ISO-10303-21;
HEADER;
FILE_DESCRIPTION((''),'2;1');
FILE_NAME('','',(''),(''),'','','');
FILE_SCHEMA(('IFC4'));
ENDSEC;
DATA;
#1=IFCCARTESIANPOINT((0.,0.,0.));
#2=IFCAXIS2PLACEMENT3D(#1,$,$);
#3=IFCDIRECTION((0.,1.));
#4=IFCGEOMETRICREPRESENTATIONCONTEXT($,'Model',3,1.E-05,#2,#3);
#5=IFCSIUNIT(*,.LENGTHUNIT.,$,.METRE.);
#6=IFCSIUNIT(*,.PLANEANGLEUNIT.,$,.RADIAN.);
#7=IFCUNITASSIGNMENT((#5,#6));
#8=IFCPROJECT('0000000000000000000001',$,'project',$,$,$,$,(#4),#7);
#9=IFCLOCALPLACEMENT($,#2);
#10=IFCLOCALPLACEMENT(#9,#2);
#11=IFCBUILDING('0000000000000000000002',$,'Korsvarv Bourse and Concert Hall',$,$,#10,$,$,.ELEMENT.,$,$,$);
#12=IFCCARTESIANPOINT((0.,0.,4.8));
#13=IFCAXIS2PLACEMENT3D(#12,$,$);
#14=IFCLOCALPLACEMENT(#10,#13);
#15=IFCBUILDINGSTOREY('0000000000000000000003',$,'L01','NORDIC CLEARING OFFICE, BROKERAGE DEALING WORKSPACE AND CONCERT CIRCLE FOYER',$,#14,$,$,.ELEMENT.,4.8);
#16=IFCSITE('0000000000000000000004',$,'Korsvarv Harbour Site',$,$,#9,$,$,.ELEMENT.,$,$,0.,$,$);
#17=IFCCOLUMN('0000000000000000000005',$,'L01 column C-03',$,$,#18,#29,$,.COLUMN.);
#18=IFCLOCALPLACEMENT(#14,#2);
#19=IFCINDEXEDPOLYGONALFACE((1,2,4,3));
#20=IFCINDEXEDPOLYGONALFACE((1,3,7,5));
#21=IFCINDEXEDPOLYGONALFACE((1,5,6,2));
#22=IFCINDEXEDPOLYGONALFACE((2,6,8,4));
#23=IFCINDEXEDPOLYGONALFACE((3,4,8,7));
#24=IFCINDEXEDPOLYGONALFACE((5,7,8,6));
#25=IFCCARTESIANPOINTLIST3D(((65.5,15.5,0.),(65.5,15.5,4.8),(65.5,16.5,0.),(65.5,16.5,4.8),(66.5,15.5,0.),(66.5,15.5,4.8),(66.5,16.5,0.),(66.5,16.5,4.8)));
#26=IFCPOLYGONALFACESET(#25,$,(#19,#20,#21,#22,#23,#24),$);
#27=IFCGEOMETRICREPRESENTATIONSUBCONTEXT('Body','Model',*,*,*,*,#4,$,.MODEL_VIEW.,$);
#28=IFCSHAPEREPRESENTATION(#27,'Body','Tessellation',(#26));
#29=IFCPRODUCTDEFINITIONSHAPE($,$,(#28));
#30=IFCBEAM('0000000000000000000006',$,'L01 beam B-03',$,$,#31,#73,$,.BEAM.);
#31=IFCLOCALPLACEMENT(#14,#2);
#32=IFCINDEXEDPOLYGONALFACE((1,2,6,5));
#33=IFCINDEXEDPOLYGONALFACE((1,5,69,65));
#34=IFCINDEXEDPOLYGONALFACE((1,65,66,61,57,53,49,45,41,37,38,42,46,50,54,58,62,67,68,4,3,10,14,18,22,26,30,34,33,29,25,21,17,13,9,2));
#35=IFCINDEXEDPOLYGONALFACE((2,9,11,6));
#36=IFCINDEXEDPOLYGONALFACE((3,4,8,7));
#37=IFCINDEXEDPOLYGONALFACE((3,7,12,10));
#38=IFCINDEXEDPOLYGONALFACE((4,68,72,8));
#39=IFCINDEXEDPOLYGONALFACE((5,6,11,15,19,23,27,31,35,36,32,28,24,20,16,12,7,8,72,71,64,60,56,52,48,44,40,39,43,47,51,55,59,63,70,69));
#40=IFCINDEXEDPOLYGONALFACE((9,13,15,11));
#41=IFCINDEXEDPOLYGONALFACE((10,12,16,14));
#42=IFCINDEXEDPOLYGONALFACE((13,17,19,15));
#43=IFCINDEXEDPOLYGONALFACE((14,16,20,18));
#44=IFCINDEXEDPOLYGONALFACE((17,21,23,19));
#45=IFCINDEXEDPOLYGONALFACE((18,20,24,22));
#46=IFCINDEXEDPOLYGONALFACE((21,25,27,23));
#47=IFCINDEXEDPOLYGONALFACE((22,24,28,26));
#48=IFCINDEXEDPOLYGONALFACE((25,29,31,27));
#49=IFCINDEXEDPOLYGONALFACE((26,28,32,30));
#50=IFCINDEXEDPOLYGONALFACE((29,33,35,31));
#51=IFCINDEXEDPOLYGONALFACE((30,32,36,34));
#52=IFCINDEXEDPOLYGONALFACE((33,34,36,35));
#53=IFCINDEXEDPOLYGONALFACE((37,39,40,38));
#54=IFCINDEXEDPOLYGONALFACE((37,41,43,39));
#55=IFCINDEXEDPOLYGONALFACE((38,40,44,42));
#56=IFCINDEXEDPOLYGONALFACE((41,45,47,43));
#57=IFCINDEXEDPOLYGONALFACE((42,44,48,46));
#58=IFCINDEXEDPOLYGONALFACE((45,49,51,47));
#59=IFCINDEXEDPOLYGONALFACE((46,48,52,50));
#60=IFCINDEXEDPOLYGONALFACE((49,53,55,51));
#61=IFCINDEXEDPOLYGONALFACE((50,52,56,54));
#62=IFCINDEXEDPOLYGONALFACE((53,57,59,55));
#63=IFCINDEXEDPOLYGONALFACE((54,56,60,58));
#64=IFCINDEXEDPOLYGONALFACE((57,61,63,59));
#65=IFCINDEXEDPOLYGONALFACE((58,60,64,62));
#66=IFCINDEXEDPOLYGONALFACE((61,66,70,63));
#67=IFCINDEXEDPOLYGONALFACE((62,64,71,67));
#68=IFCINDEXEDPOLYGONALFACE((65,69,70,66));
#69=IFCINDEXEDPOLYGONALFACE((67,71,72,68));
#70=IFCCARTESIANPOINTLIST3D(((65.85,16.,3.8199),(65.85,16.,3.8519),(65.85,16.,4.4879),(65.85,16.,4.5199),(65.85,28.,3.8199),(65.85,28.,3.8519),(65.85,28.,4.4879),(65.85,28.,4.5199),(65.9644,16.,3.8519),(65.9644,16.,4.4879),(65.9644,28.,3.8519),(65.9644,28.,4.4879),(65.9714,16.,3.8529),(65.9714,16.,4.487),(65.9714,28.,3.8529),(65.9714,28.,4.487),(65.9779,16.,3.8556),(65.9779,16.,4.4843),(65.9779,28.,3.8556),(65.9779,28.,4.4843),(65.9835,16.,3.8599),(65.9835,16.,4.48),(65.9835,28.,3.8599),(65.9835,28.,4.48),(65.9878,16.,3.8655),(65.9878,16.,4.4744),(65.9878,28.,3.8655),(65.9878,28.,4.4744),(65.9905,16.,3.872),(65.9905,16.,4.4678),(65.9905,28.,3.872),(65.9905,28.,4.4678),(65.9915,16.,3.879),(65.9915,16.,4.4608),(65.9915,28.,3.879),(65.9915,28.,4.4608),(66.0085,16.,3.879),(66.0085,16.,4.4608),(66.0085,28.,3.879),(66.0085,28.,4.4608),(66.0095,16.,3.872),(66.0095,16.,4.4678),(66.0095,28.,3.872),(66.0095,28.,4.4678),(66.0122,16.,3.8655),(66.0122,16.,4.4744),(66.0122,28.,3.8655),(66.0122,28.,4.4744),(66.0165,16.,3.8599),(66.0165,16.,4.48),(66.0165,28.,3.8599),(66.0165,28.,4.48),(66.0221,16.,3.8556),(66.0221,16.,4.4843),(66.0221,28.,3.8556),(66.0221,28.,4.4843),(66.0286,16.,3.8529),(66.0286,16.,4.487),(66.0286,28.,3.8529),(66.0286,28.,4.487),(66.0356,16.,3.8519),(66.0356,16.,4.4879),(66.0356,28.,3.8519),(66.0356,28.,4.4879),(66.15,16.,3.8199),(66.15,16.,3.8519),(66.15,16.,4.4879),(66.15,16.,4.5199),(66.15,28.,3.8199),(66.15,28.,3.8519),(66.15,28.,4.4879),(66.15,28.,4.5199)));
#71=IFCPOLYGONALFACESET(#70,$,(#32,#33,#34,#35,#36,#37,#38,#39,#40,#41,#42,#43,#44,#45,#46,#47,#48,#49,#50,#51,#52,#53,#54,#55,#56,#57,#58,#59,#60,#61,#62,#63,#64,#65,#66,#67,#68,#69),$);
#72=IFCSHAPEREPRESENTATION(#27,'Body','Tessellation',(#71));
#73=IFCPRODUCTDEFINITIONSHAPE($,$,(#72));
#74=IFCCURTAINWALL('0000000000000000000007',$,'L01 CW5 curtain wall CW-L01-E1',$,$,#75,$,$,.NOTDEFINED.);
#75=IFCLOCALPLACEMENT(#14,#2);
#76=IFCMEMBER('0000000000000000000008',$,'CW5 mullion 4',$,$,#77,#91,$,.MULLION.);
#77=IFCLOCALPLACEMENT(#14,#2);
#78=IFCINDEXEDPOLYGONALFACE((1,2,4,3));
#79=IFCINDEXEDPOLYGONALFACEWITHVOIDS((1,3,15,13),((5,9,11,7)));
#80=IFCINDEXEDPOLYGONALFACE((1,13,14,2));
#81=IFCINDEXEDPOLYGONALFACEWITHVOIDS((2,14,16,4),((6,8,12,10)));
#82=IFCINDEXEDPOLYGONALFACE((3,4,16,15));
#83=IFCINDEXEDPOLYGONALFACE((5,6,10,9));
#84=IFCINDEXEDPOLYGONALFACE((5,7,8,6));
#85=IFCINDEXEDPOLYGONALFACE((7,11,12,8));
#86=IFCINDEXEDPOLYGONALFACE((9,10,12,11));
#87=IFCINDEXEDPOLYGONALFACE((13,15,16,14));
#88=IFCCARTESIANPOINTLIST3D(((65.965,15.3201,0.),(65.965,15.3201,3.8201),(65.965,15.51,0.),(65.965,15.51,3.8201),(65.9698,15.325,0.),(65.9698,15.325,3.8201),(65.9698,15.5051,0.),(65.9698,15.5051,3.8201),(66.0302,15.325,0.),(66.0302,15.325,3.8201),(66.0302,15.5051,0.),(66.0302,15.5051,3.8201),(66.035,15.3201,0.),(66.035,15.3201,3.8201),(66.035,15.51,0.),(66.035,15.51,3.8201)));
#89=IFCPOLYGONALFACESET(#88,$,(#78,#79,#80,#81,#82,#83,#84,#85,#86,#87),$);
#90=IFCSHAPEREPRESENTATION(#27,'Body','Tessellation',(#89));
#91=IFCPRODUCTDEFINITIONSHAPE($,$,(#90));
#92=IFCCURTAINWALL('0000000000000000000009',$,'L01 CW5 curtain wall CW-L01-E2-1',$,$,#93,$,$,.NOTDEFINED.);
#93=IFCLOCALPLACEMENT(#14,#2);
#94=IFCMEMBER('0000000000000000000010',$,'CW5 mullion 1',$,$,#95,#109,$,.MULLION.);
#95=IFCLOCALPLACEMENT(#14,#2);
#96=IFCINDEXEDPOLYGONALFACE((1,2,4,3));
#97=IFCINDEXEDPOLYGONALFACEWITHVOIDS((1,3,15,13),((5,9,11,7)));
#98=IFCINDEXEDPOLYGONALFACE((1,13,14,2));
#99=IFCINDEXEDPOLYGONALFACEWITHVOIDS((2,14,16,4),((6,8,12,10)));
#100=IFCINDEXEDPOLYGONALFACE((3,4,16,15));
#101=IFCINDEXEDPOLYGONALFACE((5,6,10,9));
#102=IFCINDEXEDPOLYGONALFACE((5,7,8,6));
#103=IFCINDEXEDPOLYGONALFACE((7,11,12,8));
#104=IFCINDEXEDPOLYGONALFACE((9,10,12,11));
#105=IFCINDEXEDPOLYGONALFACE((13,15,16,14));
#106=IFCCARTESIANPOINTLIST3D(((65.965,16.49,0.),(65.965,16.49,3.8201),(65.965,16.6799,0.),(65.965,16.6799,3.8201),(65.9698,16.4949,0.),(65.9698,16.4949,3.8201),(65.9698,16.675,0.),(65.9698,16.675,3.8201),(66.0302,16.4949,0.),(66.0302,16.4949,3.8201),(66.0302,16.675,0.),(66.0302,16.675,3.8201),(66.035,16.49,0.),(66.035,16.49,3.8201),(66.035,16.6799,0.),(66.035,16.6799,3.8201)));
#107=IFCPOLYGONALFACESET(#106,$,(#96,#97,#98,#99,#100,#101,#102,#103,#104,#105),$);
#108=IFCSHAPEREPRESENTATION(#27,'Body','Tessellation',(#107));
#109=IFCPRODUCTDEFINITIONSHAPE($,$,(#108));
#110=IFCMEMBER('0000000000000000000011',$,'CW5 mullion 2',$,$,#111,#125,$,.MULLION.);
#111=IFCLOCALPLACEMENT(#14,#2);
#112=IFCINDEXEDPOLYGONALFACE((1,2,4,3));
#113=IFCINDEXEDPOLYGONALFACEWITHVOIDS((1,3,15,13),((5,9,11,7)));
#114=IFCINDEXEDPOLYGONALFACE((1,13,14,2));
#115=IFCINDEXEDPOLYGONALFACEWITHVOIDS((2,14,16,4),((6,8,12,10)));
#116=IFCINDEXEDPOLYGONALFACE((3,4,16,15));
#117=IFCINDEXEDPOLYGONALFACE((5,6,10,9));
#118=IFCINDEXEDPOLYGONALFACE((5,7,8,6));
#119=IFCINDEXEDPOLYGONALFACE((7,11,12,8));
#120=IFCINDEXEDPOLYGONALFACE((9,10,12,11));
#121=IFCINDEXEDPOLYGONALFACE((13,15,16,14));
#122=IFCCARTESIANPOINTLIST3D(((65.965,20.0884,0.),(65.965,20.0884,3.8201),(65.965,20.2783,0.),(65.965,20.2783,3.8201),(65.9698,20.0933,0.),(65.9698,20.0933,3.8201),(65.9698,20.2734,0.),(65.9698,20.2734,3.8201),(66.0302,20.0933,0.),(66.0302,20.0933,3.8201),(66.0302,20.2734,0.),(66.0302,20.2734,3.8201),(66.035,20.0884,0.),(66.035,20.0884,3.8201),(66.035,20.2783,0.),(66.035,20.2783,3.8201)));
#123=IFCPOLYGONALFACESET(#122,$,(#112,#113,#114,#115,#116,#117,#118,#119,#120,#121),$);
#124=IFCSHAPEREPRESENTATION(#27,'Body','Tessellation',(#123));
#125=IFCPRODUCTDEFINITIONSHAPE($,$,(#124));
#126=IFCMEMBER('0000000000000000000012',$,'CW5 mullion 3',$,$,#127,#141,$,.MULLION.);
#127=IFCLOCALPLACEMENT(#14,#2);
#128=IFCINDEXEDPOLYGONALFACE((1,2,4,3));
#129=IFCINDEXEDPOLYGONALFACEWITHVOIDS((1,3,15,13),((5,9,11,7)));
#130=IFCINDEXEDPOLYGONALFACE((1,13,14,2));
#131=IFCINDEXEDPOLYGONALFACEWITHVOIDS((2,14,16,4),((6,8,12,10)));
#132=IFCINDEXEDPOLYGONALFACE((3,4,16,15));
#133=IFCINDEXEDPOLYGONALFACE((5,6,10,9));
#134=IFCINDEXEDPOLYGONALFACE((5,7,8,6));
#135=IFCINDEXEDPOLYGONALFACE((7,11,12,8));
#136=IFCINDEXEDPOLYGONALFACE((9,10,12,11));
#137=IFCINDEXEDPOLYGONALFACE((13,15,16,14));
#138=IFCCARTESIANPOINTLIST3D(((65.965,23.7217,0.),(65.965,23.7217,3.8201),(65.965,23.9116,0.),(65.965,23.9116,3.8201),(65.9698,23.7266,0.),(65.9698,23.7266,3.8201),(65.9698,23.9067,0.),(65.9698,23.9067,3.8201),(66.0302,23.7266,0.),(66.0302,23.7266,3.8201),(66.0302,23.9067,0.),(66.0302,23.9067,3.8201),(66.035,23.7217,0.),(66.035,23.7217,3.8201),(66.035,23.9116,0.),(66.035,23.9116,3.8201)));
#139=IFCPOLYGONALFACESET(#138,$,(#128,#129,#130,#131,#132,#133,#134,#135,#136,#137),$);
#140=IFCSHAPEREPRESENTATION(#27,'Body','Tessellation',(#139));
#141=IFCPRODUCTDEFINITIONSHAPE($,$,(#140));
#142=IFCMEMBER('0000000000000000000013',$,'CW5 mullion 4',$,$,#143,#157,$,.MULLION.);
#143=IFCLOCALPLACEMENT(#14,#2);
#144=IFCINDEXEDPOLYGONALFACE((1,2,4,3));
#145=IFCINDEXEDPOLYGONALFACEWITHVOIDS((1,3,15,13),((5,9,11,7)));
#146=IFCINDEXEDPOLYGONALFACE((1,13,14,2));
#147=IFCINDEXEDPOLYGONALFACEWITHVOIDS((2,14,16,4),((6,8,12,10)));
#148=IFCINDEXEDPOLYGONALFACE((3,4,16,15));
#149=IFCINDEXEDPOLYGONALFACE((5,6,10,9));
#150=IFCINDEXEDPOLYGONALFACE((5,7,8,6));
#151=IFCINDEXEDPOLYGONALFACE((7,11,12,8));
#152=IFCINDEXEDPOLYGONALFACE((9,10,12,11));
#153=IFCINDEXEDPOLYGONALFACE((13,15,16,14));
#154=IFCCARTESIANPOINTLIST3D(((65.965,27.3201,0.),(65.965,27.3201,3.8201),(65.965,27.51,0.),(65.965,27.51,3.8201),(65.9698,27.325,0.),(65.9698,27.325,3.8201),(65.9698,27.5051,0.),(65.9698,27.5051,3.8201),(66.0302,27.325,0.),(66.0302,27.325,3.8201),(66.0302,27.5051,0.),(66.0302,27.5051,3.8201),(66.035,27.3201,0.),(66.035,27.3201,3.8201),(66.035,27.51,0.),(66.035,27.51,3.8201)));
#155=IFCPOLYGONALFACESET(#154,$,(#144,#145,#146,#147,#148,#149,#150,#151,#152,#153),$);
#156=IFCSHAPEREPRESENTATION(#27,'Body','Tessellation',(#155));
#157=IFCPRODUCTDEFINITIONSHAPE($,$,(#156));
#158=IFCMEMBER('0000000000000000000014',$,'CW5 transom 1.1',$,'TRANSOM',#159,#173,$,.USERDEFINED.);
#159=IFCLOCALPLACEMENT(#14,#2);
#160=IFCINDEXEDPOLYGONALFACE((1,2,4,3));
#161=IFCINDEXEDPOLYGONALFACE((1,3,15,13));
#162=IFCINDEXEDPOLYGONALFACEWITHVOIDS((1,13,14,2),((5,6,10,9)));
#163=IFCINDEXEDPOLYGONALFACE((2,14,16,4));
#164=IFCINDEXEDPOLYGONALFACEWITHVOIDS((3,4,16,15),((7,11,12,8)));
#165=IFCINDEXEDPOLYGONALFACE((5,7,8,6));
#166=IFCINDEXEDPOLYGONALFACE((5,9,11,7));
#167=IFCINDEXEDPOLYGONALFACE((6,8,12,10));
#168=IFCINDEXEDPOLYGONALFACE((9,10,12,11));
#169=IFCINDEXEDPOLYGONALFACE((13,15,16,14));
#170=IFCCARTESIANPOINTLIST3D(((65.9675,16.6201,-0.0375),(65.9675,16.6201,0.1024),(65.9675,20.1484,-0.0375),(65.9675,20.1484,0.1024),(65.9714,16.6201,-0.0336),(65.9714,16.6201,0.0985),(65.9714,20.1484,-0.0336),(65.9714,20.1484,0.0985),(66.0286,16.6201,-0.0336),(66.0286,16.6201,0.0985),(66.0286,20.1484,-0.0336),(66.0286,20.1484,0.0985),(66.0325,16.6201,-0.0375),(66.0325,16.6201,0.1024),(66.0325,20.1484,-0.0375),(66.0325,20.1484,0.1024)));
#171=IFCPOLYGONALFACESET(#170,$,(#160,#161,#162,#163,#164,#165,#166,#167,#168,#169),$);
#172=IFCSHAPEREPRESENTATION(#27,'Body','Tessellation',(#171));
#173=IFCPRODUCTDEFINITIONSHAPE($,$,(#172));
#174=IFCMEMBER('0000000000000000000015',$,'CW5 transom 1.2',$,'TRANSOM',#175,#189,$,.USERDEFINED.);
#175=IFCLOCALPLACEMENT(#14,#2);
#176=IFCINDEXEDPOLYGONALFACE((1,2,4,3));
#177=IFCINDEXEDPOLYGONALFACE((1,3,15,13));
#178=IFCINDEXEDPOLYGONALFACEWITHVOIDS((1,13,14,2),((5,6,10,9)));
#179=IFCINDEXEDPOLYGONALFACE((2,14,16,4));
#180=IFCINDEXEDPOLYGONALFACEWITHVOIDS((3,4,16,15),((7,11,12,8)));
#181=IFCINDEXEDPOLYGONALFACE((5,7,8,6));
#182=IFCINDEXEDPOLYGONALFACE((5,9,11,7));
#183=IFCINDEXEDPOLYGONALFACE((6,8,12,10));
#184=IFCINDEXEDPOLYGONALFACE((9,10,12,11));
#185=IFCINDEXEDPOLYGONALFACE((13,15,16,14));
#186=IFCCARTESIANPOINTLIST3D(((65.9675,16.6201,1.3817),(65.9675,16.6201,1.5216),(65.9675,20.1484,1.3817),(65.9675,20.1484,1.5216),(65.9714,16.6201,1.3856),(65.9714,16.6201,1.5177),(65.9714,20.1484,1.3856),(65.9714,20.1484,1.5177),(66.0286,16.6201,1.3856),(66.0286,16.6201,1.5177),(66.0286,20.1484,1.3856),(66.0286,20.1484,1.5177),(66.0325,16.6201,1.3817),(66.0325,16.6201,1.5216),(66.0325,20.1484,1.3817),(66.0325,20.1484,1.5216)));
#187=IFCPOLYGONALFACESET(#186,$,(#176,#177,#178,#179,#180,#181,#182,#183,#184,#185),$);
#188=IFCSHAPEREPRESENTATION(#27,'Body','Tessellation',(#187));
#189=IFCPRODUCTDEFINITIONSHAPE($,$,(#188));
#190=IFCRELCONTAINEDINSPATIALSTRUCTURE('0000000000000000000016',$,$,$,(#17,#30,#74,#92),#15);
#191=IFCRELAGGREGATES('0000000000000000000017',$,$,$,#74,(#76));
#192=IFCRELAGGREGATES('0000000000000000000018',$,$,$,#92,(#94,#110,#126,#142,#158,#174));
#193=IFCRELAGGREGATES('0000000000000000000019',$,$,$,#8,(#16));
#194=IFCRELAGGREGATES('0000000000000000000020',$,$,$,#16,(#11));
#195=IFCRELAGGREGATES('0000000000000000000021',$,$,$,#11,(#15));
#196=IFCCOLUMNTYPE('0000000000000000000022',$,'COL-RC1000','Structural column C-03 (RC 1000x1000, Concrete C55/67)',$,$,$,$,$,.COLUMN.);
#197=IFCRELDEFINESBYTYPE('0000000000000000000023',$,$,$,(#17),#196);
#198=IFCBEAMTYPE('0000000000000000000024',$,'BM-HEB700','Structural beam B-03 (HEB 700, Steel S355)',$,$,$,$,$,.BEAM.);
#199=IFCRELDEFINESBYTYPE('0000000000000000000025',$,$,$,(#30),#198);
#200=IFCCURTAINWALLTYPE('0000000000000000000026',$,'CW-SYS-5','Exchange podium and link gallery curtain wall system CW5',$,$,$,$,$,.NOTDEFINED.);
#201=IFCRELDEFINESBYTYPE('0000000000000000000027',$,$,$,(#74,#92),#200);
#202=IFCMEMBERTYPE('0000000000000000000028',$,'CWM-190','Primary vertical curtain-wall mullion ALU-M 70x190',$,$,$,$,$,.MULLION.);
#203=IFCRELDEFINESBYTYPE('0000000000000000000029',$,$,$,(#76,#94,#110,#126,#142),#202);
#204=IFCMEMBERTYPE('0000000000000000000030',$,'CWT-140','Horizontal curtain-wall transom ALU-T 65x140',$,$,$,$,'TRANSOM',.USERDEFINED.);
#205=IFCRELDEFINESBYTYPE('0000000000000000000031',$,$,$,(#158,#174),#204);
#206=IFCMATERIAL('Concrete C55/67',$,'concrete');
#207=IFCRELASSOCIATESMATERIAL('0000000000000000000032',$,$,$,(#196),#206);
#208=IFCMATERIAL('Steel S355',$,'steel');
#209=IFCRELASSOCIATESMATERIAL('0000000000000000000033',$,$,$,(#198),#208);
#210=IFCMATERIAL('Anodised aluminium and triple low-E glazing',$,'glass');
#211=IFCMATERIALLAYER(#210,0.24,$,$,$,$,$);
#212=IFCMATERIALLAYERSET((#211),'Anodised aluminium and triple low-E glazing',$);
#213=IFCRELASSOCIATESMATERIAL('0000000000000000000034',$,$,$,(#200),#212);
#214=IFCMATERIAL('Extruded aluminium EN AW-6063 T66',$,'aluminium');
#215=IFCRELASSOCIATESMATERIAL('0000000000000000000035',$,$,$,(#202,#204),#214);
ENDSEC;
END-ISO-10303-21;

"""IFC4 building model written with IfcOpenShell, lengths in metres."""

from ifc_helpers import new_model, si_unit, direction, frame, origin, origin_2d, place, context, subcontext, project, spatial, rectangle, hollow_rectangle, i_section, extrude, source, transform, mapped, material, layer, layer_set, material_profile, profile_set, type_object, element, aggregate, save


model = new_model("IFC4")

# Units and contexts
model_context = context("Model", 3, precision=1e-05, world=origin(), true_north=direction((0.0, 1.0)))
body_context = subcontext(model_context, "Body", "Model", "MODEL_VIEW")
ifc_project = project(units=[si_unit("LENGTHUNIT", "METRE"), si_unit("PLANEANGLEUNIT", "RADIAN")], contexts=[model_context])

# Site, building, storey
site_placement = place(None, origin())
site = spatial("IfcSite", under=ifc_project, at=site_placement, Name="Korsvarv Harbour Site", CompositionType="ELEMENT", RefElevation=0.0)
building_placement = place(site_placement, origin())
building = spatial("IfcBuilding", under=site, at=building_placement, Name="Korsvarv Bourse and Concert Hall", CompositionType="ELEMENT")
storey_placement = place(building_placement, frame((0.0, 0.0, 4.8)))
storey = spatial("IfcBuildingStorey", under=building, at=storey_placement, Name="L01", Description="NORDIC CLEARING OFFICE, BROKERAGE DEALING WORKSPACE AND CONCERT CIRCLE FOYER", CompositionType="ELEMENT", Elevation=4.8)

# Column
ifc_material_1 = material(Name="Concrete C55/67", Category="concrete")
ifc_material_profile_1 = material_profile(ifc_material_1, rectangle(XDim=1.0, YDim=1.0, at=origin_2d()), Name="RC 1000x1000")
ifc_profile_set_1 = profile_set([ifc_material_profile_1], Name="Concrete C55/67")
column_type = type_object("IfcColumnType", Name="COL-RC1000", Description="Structural column C-03 (RC 1000x1000, Concrete C55/67)", PredefinedType="COLUMN", material=ifc_profile_set_1)
shared_shape_1 = source(origin(), body_context, "Body", "SweptSolid", [
    extrude(rectangle(XDim=1.0, YDim=1.0, at=origin_2d()), origin(), (0.0, 0.0, 1.0), 4.8),
])
column_placement = place(storey_placement, frame((66.0, 16.0, 0.0), z_axis=(0.0, 0.0, 1.0), x_axis=(1.0, 0.0, 0.0)))
element("IfcColumn", 1, at=column_placement, inside=storey, type_object=column_type, Name="L01 column C-03", PredefinedType="COLUMN", context=body_context, shape_type="MappedRepresentation", body=[
    mapped(shared_shape_1, transform((0.0, 0.0, 0.0), scale=1.0)),
])

# Beam
ifc_material_2 = material(Name="Steel S355", Category="steel")
ifc_material_profile_2 = material_profile(ifc_material_2, i_section(OverallWidth=0.3, OverallDepth=0.7, WebThickness=0.0171, FlangeThickness=0.032, FilletRadius=0.0271, at=origin_2d()), Name="HEB 700")
ifc_profile_set_2 = profile_set([ifc_material_profile_2], Name="Steel S355")
beam_type = type_object("IfcBeamType", Name="BM-HEB700", Description="Structural beam B-03 (HEB 700, Steel S355)", PredefinedType="BEAM", material=ifc_profile_set_2)
shared_shape_2 = source(origin(), body_context, "Body", "SweptSolid", [
    extrude(i_section(OverallWidth=0.3, OverallDepth=0.7, WebThickness=0.0171, FlangeThickness=0.032, FilletRadius=0.0271, at=origin_2d()), origin(), (0.0, 0.0, 1.0), 12.0),
])
beam_placement = place(storey_placement, frame((66.0, 16.0, 4.1699), z_axis=(0.0, 1.0, 0.0), x_axis=(-1.0, 0.0, 0.0)))
element("IfcBeam", 2, at=beam_placement, inside=storey, type_object=beam_type, Name="L01 beam B-03", PredefinedType="BEAM", context=body_context, shape_type="MappedRepresentation", body=[
    mapped(shared_shape_2, transform((0.0, 0.0, 0.0), scale=1.0)),
])

# Curtain wall, member
ifc_material_3 = material(Name="Anodised aluminium and triple low-E glazing", Category="glass")
ifc_layer_1 = layer(ifc_material_3, 0.24)
ifc_layer_set_1 = layer_set([ifc_layer_1], Name="Anodised aluminium and triple low-E glazing")
curtain_wall_type = type_object("IfcCurtainWallType", Name="CW-SYS-5", Description="Exchange podium and link gallery curtain wall system CW5", PredefinedType="NOTDEFINED", material=ifc_layer_set_1)
curtain_wall_1_placement = place(storey_placement, origin())
curtain_wall_1 = element("IfcCurtainWall", 3, at=curtain_wall_1_placement, inside=storey, type_object=curtain_wall_type, Name="L01 CW5 curtain wall CW-L01-E1", PredefinedType="NOTDEFINED")
ifc_material_4 = material(Name="Extruded aluminium EN AW-6063 T66", Category="aluminium")
ifc_material_profile_3 = material_profile(ifc_material_4, hollow_rectangle(XDim=0.0701, YDim=0.1899, WallThickness=0.0049, at=origin_2d()), Name="ALU-M 70x190")
ifc_profile_set_3 = profile_set([ifc_material_profile_3], Name="Extruded aluminium EN AW-6063 T66")
member_type_1 = type_object("IfcMemberType", Name="CWM-190", Description="Primary vertical curtain-wall mullion ALU-M 70x190", PredefinedType="MULLION", material=ifc_profile_set_3)
shared_shape_3 = source(origin(), body_context, "Body", "SweptSolid", [
    extrude(hollow_rectangle(XDim=0.0701, YDim=0.1899, WallThickness=0.0049, at=origin_2d()), origin(), (0.0, 0.0, 1.0), 3.8201),
])
member_1_placement = place(storey_placement, frame((66.0, 15.415, 0.0), z_axis=(0.0, 0.0, 1.0), x_axis=(-1.0, 0.0, 0.0)))
member_1 = element("IfcMember", 4, at=member_1_placement, type_object=member_type_1, Name="CW5 mullion 4", PredefinedType="MULLION", context=body_context, shape_type="MappedRepresentation", body=[
    mapped(shared_shape_3, transform((0.0, 0.0, 0.0), scale=1.0)),
])
aggregate(curtain_wall_1, [member_1])

# Curtain wall, members
curtain_wall_2_placement = place(storey_placement, origin())
curtain_wall_2 = element("IfcCurtainWall", 5, at=curtain_wall_2_placement, inside=storey, type_object=curtain_wall_type, Name="L01 CW5 curtain wall CW-L01-E2-1", PredefinedType="NOTDEFINED")
member_2_placement = place(storey_placement, frame((66.0, 16.585, 0.0), z_axis=(0.0, 0.0, 1.0), x_axis=(-1.0, 0.0, 0.0)))
member_2 = element("IfcMember", 6, at=member_2_placement, type_object=member_type_1, Name="CW5 mullion 1", PredefinedType="MULLION", context=body_context, shape_type="MappedRepresentation", body=[
    mapped(shared_shape_3, transform((0.0, 0.0, 0.0), scale=1.0)),
])
member_3_placement = place(storey_placement, frame((66.0, 20.1833, 0.0), z_axis=(0.0, 0.0, 1.0), x_axis=(-1.0, 0.0, 0.0)))
member_3 = element("IfcMember", 7, at=member_3_placement, type_object=member_type_1, Name="CW5 mullion 2", PredefinedType="MULLION", context=body_context, shape_type="MappedRepresentation", body=[
    mapped(shared_shape_3, transform((0.0, 0.0, 0.0), scale=1.0)),
])
member_4_placement = place(storey_placement, frame((66.0, 23.8167, 0.0), z_axis=(0.0, 0.0, 1.0), x_axis=(-1.0, 0.0, 0.0)))
member_4 = element("IfcMember", 8, at=member_4_placement, type_object=member_type_1, Name="CW5 mullion 3", PredefinedType="MULLION", context=body_context, shape_type="MappedRepresentation", body=[
    mapped(shared_shape_3, transform((0.0, 0.0, 0.0), scale=1.0)),
])
member_5_placement = place(storey_placement, frame((66.0, 27.415, 0.0), z_axis=(0.0, 0.0, 1.0), x_axis=(-1.0, 0.0, 0.0)))
member_5 = element("IfcMember", 9, at=member_5_placement, type_object=member_type_1, Name="CW5 mullion 4", PredefinedType="MULLION", context=body_context, shape_type="MappedRepresentation", body=[
    mapped(shared_shape_3, transform((0.0, 0.0, 0.0), scale=1.0)),
])
ifc_material_profile_4 = material_profile(ifc_material_4, hollow_rectangle(XDim=0.0649, YDim=0.1399, WallThickness=0.0039, at=origin_2d()), Name="ALU-T 65x140")
ifc_profile_set_4 = profile_set([ifc_material_profile_4], Name="Extruded aluminium EN AW-6063 T66")
member_type_2 = type_object("IfcMemberType", Name="CWT-140", Description="Horizontal curtain-wall transom ALU-T 65x140", ElementType="TRANSOM", PredefinedType="USERDEFINED", material=ifc_profile_set_4)
shared_shape_4 = source(origin(), body_context, "Body", "SweptSolid", [
    extrude(hollow_rectangle(XDim=0.0649, YDim=0.1399, WallThickness=0.0039, at=origin_2d()), origin(), (0.0, 0.0, 1.0), 3.5283),
])
member_6_placement = place(storey_placement, frame((66.0, 16.6201, 0.0325), z_axis=(0.0, 1.0, 0.0), x_axis=(-1.0, 0.0, 0.0)))
member_6 = element("IfcMember", 10, at=member_6_placement, type_object=member_type_2, Name="CW5 transom 1.1", ObjectType="TRANSOM", PredefinedType="USERDEFINED", context=body_context, shape_type="MappedRepresentation", body=[
    mapped(shared_shape_4, transform((0.0, 0.0, 0.0), scale=1.0)),
])
member_7_placement = place(storey_placement, frame((66.0, 16.6201, 1.4517), z_axis=(0.0, 1.0, 0.0), x_axis=(-1.0, 0.0, 0.0)))
member_7 = element("IfcMember", 11, at=member_7_placement, type_object=member_type_2, Name="CW5 transom 1.2", ObjectType="TRANSOM", PredefinedType="USERDEFINED", context=body_context, shape_type="MappedRepresentation", body=[
    mapped(shared_shape_4, transform((0.0, 0.0, 0.0), scale=1.0)),
])
aggregate(curtain_wall_2, [member_2, member_3, member_4, member_5, member_6, member_7])

save(model, "model.ifc")
